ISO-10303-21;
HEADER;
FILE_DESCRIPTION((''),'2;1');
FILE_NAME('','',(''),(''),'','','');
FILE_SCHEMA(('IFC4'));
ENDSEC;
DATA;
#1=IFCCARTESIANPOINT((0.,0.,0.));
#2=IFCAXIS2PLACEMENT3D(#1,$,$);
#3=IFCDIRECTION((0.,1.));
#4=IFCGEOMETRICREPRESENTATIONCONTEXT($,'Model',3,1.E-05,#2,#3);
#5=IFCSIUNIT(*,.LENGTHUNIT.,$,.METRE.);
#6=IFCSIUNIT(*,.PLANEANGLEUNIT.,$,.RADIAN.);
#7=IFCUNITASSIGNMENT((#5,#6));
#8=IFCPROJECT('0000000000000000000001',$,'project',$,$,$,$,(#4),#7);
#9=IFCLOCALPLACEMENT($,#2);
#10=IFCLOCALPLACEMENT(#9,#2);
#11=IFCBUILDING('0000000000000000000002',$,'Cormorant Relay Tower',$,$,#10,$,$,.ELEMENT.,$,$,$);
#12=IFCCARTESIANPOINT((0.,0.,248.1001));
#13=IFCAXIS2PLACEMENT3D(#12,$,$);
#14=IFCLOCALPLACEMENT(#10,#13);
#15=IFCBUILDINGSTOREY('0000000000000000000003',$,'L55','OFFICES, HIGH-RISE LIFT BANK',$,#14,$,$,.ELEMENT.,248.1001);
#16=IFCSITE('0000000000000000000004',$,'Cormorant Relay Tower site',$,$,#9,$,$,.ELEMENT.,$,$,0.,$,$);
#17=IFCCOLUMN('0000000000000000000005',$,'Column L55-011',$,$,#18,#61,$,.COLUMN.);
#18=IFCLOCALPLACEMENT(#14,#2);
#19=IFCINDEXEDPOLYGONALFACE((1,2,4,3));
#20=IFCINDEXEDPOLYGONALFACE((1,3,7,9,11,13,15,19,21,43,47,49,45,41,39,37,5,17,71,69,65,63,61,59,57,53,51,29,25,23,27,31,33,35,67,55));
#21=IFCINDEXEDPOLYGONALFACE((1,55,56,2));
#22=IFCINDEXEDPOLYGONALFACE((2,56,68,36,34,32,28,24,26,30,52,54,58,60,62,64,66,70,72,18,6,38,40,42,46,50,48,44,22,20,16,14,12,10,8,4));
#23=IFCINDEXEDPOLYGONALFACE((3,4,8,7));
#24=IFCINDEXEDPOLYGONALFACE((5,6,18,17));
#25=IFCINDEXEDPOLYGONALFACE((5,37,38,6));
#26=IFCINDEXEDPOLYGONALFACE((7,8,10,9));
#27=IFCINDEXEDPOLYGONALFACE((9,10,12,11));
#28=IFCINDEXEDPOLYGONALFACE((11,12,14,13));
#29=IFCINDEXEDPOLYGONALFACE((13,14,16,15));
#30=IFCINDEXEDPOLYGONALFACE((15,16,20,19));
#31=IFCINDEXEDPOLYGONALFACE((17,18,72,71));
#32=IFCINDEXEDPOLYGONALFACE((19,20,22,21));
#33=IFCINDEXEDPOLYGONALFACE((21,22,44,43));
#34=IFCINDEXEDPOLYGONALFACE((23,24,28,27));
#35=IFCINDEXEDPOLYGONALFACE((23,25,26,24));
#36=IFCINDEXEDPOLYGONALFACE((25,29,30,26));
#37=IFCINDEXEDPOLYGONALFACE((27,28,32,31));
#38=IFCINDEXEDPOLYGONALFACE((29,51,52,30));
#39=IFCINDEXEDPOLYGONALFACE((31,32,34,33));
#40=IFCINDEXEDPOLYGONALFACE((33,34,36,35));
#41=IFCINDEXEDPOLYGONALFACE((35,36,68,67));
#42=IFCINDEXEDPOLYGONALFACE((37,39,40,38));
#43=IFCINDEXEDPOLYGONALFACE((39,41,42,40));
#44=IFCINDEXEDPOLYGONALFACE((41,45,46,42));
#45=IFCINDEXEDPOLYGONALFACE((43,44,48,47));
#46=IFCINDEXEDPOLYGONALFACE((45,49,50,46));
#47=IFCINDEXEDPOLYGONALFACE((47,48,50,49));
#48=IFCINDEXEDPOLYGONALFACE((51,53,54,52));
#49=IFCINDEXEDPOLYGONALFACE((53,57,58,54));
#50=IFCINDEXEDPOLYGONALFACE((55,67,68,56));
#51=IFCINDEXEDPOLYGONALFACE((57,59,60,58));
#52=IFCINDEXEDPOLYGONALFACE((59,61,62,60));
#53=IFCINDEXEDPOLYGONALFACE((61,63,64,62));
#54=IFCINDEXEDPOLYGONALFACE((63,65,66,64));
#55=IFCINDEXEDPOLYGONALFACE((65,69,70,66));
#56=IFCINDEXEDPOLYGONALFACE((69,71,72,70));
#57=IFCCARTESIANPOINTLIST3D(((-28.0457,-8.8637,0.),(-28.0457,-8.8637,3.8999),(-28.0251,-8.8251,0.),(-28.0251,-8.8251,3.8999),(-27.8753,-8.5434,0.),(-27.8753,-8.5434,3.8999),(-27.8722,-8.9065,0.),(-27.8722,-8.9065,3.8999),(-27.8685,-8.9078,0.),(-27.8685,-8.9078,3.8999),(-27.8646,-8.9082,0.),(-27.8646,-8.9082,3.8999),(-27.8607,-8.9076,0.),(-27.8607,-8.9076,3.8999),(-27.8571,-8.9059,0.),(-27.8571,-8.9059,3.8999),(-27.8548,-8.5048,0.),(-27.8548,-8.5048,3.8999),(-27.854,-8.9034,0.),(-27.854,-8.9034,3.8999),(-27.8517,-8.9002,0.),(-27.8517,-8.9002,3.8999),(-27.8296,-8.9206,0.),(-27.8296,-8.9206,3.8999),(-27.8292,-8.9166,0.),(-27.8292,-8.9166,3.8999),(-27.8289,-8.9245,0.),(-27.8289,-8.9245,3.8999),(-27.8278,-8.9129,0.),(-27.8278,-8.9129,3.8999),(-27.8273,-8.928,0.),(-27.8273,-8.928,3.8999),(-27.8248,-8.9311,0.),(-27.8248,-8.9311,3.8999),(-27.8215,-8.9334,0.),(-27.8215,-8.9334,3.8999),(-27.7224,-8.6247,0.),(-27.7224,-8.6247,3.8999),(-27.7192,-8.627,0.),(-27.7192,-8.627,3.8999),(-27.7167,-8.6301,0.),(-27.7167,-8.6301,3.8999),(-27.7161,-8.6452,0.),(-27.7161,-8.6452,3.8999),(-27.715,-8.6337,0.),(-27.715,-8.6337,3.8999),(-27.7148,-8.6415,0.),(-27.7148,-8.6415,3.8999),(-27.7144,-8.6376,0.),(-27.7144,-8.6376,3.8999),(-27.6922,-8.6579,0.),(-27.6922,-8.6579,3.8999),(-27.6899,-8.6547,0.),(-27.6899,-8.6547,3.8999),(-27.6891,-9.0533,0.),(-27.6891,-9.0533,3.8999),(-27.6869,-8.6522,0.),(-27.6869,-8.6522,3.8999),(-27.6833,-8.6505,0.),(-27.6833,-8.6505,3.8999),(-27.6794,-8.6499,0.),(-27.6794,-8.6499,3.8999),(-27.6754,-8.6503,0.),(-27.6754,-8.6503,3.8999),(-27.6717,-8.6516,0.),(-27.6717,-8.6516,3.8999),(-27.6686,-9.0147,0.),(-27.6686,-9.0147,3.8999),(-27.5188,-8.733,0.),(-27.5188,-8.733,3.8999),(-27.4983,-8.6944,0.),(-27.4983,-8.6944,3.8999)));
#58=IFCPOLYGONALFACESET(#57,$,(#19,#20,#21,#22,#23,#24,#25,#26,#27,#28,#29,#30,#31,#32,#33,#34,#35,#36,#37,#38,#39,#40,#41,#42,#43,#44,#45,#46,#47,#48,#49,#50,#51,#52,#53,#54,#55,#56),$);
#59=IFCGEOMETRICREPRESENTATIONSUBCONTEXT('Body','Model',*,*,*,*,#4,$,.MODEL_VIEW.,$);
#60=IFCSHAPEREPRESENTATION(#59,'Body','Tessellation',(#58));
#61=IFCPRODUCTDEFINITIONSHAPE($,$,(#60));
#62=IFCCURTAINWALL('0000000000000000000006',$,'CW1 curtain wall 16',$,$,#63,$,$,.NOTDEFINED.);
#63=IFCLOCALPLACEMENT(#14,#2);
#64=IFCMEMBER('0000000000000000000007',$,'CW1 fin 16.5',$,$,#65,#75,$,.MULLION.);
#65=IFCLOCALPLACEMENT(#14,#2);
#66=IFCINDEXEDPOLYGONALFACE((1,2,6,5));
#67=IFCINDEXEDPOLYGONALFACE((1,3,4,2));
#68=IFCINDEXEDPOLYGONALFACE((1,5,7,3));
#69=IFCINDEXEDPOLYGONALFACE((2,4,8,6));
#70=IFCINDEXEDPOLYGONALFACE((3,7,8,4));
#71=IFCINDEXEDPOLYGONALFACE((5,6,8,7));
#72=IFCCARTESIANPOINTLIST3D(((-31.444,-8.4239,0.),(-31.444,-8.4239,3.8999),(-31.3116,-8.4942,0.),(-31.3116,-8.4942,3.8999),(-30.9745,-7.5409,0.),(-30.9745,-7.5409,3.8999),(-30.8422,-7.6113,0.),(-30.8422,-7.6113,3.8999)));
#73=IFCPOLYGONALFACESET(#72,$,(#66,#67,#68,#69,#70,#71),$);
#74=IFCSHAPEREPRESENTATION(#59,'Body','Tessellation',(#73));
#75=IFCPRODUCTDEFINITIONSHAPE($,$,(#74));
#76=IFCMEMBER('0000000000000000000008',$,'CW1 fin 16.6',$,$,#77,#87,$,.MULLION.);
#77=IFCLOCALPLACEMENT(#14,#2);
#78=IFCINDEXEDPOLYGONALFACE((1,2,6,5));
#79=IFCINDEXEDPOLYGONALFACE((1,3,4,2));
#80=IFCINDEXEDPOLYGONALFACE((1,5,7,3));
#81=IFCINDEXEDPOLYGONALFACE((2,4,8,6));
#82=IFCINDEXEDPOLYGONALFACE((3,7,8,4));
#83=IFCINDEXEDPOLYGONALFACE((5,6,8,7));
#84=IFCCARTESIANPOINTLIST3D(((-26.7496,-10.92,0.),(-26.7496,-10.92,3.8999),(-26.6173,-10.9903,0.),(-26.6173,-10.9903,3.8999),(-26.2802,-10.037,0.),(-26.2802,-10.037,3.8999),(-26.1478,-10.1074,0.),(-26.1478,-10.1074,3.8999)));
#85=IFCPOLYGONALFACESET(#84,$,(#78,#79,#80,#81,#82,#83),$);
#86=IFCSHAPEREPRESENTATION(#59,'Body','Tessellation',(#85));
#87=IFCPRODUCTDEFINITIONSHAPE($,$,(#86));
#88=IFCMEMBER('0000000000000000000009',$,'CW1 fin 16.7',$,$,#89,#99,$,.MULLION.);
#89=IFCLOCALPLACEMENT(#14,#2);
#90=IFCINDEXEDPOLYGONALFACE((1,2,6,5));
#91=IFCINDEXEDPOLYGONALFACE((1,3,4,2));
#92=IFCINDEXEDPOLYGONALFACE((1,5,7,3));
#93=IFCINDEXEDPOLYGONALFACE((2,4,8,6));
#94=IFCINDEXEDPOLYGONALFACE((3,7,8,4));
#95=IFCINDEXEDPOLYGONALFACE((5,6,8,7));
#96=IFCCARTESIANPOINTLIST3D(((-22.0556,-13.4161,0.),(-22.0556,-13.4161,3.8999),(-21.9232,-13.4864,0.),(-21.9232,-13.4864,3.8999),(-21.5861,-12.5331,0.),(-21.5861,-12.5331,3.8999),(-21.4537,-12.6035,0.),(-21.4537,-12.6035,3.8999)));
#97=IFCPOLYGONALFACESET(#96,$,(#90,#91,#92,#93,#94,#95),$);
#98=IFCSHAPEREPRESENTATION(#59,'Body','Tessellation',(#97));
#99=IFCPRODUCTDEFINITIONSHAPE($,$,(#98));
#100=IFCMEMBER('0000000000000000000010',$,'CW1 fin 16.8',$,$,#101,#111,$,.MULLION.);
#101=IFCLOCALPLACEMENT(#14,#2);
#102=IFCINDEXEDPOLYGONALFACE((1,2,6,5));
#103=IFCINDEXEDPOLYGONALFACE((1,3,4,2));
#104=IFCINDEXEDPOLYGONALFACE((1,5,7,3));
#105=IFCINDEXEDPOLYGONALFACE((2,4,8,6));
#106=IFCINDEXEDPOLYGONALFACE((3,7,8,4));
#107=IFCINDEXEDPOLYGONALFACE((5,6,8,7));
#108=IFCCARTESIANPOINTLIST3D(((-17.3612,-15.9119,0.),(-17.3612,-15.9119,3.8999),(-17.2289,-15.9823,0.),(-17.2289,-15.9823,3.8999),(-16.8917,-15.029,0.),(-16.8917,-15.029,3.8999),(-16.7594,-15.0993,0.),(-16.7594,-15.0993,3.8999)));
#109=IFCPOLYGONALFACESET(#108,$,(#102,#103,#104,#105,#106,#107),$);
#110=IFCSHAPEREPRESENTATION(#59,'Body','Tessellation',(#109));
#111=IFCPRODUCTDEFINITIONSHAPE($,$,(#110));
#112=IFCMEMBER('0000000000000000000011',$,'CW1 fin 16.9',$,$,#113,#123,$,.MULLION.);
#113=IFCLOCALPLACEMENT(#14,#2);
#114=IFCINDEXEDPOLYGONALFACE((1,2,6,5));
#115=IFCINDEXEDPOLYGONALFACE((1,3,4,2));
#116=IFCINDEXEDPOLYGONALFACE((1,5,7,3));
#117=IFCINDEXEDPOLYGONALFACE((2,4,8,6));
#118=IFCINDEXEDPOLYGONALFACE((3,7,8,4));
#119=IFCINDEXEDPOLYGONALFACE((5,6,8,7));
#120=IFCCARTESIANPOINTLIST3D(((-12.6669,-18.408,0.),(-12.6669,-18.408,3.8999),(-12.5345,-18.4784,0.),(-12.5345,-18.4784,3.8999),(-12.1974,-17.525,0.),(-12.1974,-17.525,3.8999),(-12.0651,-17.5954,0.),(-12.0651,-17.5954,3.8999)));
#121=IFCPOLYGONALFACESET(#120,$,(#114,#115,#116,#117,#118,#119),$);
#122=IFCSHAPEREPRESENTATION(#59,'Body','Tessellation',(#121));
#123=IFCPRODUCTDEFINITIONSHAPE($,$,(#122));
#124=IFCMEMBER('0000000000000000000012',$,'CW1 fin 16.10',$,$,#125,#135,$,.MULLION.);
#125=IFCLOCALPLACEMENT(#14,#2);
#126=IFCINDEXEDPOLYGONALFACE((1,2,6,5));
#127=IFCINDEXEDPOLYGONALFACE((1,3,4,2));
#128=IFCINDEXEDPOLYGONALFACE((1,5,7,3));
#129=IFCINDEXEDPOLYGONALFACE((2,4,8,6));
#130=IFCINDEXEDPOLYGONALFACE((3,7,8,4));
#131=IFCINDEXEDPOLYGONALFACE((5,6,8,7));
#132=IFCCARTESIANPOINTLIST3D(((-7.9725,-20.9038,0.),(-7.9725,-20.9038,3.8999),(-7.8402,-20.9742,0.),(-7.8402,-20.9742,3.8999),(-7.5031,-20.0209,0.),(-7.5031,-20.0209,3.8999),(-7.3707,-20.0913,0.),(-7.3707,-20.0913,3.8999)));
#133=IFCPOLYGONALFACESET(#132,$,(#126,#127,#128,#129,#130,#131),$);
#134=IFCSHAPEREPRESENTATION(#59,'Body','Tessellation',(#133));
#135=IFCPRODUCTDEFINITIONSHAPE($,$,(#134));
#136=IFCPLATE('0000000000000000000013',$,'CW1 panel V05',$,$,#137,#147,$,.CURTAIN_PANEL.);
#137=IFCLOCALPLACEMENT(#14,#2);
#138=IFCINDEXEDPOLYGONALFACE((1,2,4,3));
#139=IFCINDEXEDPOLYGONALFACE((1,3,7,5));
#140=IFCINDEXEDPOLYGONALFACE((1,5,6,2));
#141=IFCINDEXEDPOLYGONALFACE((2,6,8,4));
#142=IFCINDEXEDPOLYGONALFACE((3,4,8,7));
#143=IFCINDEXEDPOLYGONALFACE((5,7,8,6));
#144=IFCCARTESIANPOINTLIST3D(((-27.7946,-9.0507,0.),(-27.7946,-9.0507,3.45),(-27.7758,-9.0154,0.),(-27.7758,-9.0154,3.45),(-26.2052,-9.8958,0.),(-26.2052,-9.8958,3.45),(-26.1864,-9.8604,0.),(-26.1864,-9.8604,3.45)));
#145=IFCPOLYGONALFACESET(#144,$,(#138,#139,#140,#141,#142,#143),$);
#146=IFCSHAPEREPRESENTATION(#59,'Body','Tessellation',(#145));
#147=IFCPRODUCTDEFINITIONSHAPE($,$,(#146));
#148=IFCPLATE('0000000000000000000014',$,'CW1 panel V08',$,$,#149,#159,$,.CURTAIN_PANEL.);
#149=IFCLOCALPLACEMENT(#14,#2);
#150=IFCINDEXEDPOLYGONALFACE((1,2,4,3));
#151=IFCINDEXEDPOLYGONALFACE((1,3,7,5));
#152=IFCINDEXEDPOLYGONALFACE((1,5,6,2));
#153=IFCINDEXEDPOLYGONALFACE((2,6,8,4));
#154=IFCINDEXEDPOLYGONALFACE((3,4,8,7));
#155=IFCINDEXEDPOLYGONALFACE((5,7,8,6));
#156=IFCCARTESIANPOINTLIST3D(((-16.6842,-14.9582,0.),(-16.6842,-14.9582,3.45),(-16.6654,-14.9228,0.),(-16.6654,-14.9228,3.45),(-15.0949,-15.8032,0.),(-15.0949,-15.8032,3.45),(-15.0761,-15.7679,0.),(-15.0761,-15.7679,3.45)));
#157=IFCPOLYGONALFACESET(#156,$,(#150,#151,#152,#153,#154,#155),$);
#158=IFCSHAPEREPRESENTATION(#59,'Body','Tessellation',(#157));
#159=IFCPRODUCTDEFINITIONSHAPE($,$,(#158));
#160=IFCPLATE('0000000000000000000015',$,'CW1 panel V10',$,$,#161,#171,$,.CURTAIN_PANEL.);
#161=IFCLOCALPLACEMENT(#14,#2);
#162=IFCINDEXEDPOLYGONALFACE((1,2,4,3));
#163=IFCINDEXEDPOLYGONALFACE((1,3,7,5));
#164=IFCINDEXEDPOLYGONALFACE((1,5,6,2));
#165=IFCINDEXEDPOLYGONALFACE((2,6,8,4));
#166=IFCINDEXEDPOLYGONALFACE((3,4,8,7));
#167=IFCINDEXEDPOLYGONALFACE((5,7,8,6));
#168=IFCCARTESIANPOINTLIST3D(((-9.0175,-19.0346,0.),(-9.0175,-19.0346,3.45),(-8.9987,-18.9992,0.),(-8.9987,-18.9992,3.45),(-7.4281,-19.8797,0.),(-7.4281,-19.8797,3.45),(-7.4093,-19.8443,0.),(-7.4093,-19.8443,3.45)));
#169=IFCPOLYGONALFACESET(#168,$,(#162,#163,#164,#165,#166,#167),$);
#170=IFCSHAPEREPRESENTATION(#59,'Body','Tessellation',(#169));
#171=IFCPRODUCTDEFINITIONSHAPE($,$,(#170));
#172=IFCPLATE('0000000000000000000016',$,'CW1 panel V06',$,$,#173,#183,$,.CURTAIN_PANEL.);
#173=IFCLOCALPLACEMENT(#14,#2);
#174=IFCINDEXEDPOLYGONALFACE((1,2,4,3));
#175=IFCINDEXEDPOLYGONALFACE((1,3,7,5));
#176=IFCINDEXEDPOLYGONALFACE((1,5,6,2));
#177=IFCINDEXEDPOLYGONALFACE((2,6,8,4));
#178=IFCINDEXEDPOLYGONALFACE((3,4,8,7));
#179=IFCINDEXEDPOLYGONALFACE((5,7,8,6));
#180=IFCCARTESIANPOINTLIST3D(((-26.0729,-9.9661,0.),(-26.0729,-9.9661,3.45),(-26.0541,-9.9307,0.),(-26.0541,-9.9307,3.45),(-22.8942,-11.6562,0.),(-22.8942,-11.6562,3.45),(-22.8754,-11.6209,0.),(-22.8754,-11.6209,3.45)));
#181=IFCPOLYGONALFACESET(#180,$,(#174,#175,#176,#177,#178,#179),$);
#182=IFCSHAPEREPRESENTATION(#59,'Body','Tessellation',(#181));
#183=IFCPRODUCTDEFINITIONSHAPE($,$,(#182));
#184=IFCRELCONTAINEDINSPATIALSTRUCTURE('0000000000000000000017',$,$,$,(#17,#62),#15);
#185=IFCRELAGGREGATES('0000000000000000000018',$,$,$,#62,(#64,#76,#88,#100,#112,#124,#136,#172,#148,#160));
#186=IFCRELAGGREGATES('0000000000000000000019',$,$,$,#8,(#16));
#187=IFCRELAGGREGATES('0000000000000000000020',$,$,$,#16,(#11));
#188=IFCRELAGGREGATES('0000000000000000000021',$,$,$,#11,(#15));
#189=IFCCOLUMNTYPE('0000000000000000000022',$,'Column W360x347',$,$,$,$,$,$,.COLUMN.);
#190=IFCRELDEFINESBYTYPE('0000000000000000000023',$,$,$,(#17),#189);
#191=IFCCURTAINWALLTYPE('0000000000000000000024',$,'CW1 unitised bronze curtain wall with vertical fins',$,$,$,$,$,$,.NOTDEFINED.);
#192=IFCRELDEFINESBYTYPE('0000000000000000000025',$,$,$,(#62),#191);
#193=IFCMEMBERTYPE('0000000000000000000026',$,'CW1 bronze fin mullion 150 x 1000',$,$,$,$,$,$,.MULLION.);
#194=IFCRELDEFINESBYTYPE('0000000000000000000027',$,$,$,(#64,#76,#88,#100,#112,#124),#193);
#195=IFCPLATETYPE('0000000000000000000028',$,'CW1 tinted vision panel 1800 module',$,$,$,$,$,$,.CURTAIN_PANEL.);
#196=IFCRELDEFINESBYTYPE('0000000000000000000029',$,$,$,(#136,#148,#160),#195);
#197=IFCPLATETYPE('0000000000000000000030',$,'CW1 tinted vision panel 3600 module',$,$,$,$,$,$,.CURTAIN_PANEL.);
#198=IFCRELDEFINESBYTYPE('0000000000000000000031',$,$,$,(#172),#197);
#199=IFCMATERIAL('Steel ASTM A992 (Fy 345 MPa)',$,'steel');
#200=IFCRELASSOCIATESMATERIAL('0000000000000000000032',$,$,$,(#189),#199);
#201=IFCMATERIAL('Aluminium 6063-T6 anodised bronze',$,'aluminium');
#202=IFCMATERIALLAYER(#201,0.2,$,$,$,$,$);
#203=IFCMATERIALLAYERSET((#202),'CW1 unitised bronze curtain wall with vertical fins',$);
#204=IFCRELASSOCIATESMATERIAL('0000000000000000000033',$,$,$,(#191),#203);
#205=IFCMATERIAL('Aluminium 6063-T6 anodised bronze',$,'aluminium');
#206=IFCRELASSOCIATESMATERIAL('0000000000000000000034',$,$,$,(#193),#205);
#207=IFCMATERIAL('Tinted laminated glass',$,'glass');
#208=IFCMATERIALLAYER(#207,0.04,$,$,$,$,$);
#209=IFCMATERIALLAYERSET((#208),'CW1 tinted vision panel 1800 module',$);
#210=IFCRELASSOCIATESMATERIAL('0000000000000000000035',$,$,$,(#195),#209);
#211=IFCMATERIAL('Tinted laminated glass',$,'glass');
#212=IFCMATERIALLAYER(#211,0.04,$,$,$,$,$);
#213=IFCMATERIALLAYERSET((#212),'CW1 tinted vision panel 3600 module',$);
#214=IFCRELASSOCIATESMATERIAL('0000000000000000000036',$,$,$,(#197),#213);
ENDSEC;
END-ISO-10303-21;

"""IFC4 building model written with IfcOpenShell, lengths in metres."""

from ifc_helpers import new_model, si_unit, direction, frame, origin, origin_2d, place, context, subcontext, project, spatial, rectangle, i_section, extrude, material, layer, layer_set, material_profile, profile_set, type_object, element, aggregate, save


model = new_model("IFC4")

# Units and contexts
model_context = context("Model", 3, precision=1e-05, world=origin(), true_north=direction((0.0, 1.0)))
body_context = subcontext(model_context, "Body", "Model", "MODEL_VIEW")
ifc_project = project(units=[si_unit("LENGTHUNIT", "METRE"), si_unit("PLANEANGLEUNIT", "RADIAN")], contexts=[model_context])

# Site, building, storey
site_placement = place(None, origin())
site = spatial("IfcSite", under=ifc_project, at=site_placement, Name="Cormorant Relay Tower site", CompositionType="ELEMENT", RefElevation=0.0)
building_placement = place(site_placement, origin())
building = spatial("IfcBuilding", under=site, at=building_placement, Name="Cormorant Relay Tower", CompositionType="ELEMENT")
storey_placement = place(building_placement, frame((0.0, 0.0, 248.1001)))
storey = spatial("IfcBuildingStorey", under=building, at=storey_placement, Name="L55", Description="OFFICES, HIGH-RISE LIFT BANK", CompositionType="ELEMENT", Elevation=248.1001)

# Column
ifc_material_1 = material(Name="Steel ASTM A992 (Fy 345 MPa)", Category="steel")
ifc_material_profile_1 = material_profile(ifc_material_1, i_section(OverallWidth=0.4038, OverallDepth=0.4065, WebThickness=0.0271, FlangeThickness=0.0437, FilletRadius=0.0151, at=origin_2d()), Name="W360x347")
ifc_profile_set_1 = profile_set([ifc_material_profile_1], Name="Steel ASTM A992 (Fy 345 MPa)")
column_type_1 = type_object("IfcColumnType", Name="Column W360x347", PredefinedType="COLUMN", material=ifc_profile_set_1)
for number, where, z_axis, x_axis, name in (
    (1, (-27.772, -8.7791, 0.0), (0.0, 0.0, 1.0), (0.882948, -0.469472, 0.0), "Column L55-011"),
):
    element("IfcColumn", number, at=place(storey_placement, frame(where, z_axis=z_axis, x_axis=x_axis)), inside=storey, type_object=column_type_1, Name=name, PredefinedType="COLUMN", context=body_context, shape_type="SweptSolid", body=[
        extrude(i_section(OverallWidth=0.4038, OverallDepth=0.4065, WebThickness=0.0271, FlangeThickness=0.0437, FilletRadius=0.0151, at=origin_2d()), origin(), (0.0, 0.0, 1.0), 3.8999),
    ])

# Curtain wall, members, plates
ifc_material_2 = material(Name="Aluminium 6063-T6 anodised bronze", Category="aluminium")
ifc_layer_1 = layer(ifc_material_2, 0.2)
ifc_layer_set_1 = layer_set([ifc_layer_1], Name="CW1 unitised bronze curtain wall with vertical fins")
curtain_wall_type = type_object("IfcCurtainWallType", Name="CW1 unitised bronze curtain wall with vertical fins", PredefinedType="NOTDEFINED", material=ifc_layer_set_1)
curtain_wall_placement = place(storey_placement, origin())
curtain_wall = element("IfcCurtainWall", 2, at=curtain_wall_placement, inside=storey, type_object=curtain_wall_type, Name="CW1 curtain wall 16", PredefinedType="NOTDEFINED")
ifc_material_3 = material(Name="Aluminium 6063-T6 anodised bronze", Category="aluminium")
ifc_material_profile_2 = material_profile(ifc_material_3, rectangle(XDim=0.1499, YDim=1.0, at=origin_2d()), Name="AL 150x1000")
ifc_profile_set_2 = profile_set([ifc_material_profile_2], Name="Aluminium 6063-T6 anodised bronze")
member_type = type_object("IfcMemberType", Name="CW1 bronze fin mullion 150 x 1000", PredefinedType="MULLION", material=ifc_profile_set_2)
member_1_placement = place(storey_placement, frame((-31.1431, -8.0176, 0.0), z_axis=(0.0, 0.0, 1.0), x_axis=(0.882948, -0.469472, 0.0)))
member_1 = element("IfcMember", 3, at=member_1_placement, type_object=member_type, Name="CW1 fin 16.5", PredefinedType="MULLION", context=body_context, shape_type="SweptSolid", body=[
    extrude(rectangle(XDim=0.1499, YDim=1.0, at=origin_2d()), origin(), (0.0, 0.0, 1.0), 3.8999),
])
member_2_placement = place(storey_placement, frame((-26.4487, -10.5137, 0.0), z_axis=(0.0, 0.0, 1.0), x_axis=(0.882948, -0.469472, 0.0)))
member_2 = element("IfcMember", 4, at=member_2_placement, type_object=member_type, Name="CW1 fin 16.6", PredefinedType="MULLION", context=body_context, shape_type="SweptSolid", body=[
    extrude(rectangle(XDim=0.1499, YDim=1.0, at=origin_2d()), origin(), (0.0, 0.0, 1.0), 3.8999),
])
member_3_placement = place(storey_placement, frame((-21.7546, -13.0098, 0.0), z_axis=(0.0, 0.0, 1.0), x_axis=(0.882948, -0.469472, 0.0)))
member_3 = element("IfcMember", 5, at=member_3_placement, type_object=member_type, Name="CW1 fin 16.7", PredefinedType="MULLION", context=body_context, shape_type="SweptSolid", body=[
    extrude(rectangle(XDim=0.1499, YDim=1.0, at=origin_2d()), origin(), (0.0, 0.0, 1.0), 3.8999),
])
member_4_placement = place(storey_placement, frame((-17.0603, -15.5056, 0.0), z_axis=(0.0, 0.0, 1.0), x_axis=(0.882948, -0.469472, 0.0)))
member_4 = element("IfcMember", 6, at=member_4_placement, type_object=member_type, Name="CW1 fin 16.8", PredefinedType="MULLION", context=body_context, shape_type="SweptSolid", body=[
    extrude(rectangle(XDim=0.1499, YDim=1.0, at=origin_2d()), origin(), (0.0, 0.0, 1.0), 3.8999),
])
member_5_placement = place(storey_placement, frame((-12.366, -18.0017, 0.0), z_axis=(0.0, 0.0, 1.0), x_axis=(0.882948, -0.469472, 0.0)))
member_5 = element("IfcMember", 7, at=member_5_placement, type_object=member_type, Name="CW1 fin 16.9", PredefinedType="MULLION", context=body_context, shape_type="SweptSolid", body=[
    extrude(rectangle(XDim=0.1499, YDim=1.0, at=origin_2d()), origin(), (0.0, 0.0, 1.0), 3.8999),
])
member_6_placement = place(storey_placement, frame((-7.6716, -20.4976, 0.0), z_axis=(0.0, 0.0, 1.0), x_axis=(0.882948, -0.469472, 0.0)))
member_6 = element("IfcMember", 8, at=member_6_placement, type_object=member_type, Name="CW1 fin 16.10", PredefinedType="MULLION", context=body_context, shape_type="SweptSolid", body=[
    extrude(rectangle(XDim=0.1499, YDim=1.0, at=origin_2d()), origin(), (0.0, 0.0, 1.0), 3.8999),
])
ifc_material_4 = material(Name="Tinted laminated glass", Category="glass")
ifc_layer_2 = layer(ifc_material_4, 0.04)
ifc_layer_set_2 = layer_set([ifc_layer_2], Name="CW1 tinted vision panel 1800 module")
plate_type_1 = type_object("IfcPlateType", Name="CW1 tinted vision panel 1800 module", PredefinedType="CURTAIN_PANEL", material=ifc_layer_set_2)
plate_1_placement = place(storey_placement, frame((-26.9905, -9.4556, 0.0), z_axis=(0.0, 0.0, 1.0), x_axis=(0.882948, -0.469472, 0.0)))
plate_1 = element("IfcPlate", 9, at=plate_1_placement, type_object=plate_type_1, Name="CW1 panel V05", PredefinedType="CURTAIN_PANEL", context=body_context, shape_type="SweptSolid", body=[
    extrude(rectangle(XDim=1.8, YDim=0.04, at=origin_2d()), origin(), (0.0, 0.0, 1.0), 3.45),
])
plate_2_placement = place(storey_placement, frame((-15.8801, -15.363, 0.0), z_axis=(0.0, 0.0, 1.0), x_axis=(0.882948, -0.469472, 0.0)))
plate_2 = element("IfcPlate", 10, at=plate_2_placement, type_object=plate_type_1, Name="CW1 panel V08", PredefinedType="CURTAIN_PANEL", context=body_context, shape_type="SweptSolid", body=[
    extrude(rectangle(XDim=1.8, YDim=0.04, at=origin_2d()), origin(), (0.0, 0.0, 1.0), 3.45),
])
plate_3_placement = place(storey_placement, frame((-8.2134, -19.4395, 0.0), z_axis=(0.0, 0.0, 1.0), x_axis=(0.882948, -0.469472, 0.0)))
plate_3 = element("IfcPlate", 11, at=plate_3_placement, type_object=plate_type_1, Name="CW1 panel V10", PredefinedType="CURTAIN_PANEL", context=body_context, shape_type="SweptSolid", body=[
    extrude(rectangle(XDim=1.8, YDim=0.04, at=origin_2d()), origin(), (0.0, 0.0, 1.0), 3.45),
])
ifc_material_5 = material(Name="Tinted laminated glass", Category="glass")
ifc_layer_3 = layer(ifc_material_5, 0.04)
ifc_layer_set_3 = layer_set([ifc_layer_3], Name="CW1 tinted vision panel 3600 module")
plate_type_2 = type_object("IfcPlateType", Name="CW1 tinted vision panel 3600 module", PredefinedType="CURTAIN_PANEL", material=ifc_layer_set_3)
plate_4_placement = place(storey_placement, frame((-24.4741, -10.7935, 0.0), z_axis=(0.0, 0.0, 1.0), x_axis=(0.882948, -0.469472, 0.0)))
plate_4 = element("IfcPlate", 12, at=plate_4_placement, type_object=plate_type_2, Name="CW1 panel V06", PredefinedType="CURTAIN_PANEL", context=body_context, shape_type="SweptSolid", body=[
    extrude(rectangle(XDim=3.6001, YDim=0.04, at=origin_2d()), origin(), (0.0, 0.0, 1.0), 3.45),
])

aggregate(curtain_wall, [member_1, member_2, member_3, member_4, member_5, member_6, plate_1, plate_4, plate_2, plate_3])

save(model, "model.ifc")
